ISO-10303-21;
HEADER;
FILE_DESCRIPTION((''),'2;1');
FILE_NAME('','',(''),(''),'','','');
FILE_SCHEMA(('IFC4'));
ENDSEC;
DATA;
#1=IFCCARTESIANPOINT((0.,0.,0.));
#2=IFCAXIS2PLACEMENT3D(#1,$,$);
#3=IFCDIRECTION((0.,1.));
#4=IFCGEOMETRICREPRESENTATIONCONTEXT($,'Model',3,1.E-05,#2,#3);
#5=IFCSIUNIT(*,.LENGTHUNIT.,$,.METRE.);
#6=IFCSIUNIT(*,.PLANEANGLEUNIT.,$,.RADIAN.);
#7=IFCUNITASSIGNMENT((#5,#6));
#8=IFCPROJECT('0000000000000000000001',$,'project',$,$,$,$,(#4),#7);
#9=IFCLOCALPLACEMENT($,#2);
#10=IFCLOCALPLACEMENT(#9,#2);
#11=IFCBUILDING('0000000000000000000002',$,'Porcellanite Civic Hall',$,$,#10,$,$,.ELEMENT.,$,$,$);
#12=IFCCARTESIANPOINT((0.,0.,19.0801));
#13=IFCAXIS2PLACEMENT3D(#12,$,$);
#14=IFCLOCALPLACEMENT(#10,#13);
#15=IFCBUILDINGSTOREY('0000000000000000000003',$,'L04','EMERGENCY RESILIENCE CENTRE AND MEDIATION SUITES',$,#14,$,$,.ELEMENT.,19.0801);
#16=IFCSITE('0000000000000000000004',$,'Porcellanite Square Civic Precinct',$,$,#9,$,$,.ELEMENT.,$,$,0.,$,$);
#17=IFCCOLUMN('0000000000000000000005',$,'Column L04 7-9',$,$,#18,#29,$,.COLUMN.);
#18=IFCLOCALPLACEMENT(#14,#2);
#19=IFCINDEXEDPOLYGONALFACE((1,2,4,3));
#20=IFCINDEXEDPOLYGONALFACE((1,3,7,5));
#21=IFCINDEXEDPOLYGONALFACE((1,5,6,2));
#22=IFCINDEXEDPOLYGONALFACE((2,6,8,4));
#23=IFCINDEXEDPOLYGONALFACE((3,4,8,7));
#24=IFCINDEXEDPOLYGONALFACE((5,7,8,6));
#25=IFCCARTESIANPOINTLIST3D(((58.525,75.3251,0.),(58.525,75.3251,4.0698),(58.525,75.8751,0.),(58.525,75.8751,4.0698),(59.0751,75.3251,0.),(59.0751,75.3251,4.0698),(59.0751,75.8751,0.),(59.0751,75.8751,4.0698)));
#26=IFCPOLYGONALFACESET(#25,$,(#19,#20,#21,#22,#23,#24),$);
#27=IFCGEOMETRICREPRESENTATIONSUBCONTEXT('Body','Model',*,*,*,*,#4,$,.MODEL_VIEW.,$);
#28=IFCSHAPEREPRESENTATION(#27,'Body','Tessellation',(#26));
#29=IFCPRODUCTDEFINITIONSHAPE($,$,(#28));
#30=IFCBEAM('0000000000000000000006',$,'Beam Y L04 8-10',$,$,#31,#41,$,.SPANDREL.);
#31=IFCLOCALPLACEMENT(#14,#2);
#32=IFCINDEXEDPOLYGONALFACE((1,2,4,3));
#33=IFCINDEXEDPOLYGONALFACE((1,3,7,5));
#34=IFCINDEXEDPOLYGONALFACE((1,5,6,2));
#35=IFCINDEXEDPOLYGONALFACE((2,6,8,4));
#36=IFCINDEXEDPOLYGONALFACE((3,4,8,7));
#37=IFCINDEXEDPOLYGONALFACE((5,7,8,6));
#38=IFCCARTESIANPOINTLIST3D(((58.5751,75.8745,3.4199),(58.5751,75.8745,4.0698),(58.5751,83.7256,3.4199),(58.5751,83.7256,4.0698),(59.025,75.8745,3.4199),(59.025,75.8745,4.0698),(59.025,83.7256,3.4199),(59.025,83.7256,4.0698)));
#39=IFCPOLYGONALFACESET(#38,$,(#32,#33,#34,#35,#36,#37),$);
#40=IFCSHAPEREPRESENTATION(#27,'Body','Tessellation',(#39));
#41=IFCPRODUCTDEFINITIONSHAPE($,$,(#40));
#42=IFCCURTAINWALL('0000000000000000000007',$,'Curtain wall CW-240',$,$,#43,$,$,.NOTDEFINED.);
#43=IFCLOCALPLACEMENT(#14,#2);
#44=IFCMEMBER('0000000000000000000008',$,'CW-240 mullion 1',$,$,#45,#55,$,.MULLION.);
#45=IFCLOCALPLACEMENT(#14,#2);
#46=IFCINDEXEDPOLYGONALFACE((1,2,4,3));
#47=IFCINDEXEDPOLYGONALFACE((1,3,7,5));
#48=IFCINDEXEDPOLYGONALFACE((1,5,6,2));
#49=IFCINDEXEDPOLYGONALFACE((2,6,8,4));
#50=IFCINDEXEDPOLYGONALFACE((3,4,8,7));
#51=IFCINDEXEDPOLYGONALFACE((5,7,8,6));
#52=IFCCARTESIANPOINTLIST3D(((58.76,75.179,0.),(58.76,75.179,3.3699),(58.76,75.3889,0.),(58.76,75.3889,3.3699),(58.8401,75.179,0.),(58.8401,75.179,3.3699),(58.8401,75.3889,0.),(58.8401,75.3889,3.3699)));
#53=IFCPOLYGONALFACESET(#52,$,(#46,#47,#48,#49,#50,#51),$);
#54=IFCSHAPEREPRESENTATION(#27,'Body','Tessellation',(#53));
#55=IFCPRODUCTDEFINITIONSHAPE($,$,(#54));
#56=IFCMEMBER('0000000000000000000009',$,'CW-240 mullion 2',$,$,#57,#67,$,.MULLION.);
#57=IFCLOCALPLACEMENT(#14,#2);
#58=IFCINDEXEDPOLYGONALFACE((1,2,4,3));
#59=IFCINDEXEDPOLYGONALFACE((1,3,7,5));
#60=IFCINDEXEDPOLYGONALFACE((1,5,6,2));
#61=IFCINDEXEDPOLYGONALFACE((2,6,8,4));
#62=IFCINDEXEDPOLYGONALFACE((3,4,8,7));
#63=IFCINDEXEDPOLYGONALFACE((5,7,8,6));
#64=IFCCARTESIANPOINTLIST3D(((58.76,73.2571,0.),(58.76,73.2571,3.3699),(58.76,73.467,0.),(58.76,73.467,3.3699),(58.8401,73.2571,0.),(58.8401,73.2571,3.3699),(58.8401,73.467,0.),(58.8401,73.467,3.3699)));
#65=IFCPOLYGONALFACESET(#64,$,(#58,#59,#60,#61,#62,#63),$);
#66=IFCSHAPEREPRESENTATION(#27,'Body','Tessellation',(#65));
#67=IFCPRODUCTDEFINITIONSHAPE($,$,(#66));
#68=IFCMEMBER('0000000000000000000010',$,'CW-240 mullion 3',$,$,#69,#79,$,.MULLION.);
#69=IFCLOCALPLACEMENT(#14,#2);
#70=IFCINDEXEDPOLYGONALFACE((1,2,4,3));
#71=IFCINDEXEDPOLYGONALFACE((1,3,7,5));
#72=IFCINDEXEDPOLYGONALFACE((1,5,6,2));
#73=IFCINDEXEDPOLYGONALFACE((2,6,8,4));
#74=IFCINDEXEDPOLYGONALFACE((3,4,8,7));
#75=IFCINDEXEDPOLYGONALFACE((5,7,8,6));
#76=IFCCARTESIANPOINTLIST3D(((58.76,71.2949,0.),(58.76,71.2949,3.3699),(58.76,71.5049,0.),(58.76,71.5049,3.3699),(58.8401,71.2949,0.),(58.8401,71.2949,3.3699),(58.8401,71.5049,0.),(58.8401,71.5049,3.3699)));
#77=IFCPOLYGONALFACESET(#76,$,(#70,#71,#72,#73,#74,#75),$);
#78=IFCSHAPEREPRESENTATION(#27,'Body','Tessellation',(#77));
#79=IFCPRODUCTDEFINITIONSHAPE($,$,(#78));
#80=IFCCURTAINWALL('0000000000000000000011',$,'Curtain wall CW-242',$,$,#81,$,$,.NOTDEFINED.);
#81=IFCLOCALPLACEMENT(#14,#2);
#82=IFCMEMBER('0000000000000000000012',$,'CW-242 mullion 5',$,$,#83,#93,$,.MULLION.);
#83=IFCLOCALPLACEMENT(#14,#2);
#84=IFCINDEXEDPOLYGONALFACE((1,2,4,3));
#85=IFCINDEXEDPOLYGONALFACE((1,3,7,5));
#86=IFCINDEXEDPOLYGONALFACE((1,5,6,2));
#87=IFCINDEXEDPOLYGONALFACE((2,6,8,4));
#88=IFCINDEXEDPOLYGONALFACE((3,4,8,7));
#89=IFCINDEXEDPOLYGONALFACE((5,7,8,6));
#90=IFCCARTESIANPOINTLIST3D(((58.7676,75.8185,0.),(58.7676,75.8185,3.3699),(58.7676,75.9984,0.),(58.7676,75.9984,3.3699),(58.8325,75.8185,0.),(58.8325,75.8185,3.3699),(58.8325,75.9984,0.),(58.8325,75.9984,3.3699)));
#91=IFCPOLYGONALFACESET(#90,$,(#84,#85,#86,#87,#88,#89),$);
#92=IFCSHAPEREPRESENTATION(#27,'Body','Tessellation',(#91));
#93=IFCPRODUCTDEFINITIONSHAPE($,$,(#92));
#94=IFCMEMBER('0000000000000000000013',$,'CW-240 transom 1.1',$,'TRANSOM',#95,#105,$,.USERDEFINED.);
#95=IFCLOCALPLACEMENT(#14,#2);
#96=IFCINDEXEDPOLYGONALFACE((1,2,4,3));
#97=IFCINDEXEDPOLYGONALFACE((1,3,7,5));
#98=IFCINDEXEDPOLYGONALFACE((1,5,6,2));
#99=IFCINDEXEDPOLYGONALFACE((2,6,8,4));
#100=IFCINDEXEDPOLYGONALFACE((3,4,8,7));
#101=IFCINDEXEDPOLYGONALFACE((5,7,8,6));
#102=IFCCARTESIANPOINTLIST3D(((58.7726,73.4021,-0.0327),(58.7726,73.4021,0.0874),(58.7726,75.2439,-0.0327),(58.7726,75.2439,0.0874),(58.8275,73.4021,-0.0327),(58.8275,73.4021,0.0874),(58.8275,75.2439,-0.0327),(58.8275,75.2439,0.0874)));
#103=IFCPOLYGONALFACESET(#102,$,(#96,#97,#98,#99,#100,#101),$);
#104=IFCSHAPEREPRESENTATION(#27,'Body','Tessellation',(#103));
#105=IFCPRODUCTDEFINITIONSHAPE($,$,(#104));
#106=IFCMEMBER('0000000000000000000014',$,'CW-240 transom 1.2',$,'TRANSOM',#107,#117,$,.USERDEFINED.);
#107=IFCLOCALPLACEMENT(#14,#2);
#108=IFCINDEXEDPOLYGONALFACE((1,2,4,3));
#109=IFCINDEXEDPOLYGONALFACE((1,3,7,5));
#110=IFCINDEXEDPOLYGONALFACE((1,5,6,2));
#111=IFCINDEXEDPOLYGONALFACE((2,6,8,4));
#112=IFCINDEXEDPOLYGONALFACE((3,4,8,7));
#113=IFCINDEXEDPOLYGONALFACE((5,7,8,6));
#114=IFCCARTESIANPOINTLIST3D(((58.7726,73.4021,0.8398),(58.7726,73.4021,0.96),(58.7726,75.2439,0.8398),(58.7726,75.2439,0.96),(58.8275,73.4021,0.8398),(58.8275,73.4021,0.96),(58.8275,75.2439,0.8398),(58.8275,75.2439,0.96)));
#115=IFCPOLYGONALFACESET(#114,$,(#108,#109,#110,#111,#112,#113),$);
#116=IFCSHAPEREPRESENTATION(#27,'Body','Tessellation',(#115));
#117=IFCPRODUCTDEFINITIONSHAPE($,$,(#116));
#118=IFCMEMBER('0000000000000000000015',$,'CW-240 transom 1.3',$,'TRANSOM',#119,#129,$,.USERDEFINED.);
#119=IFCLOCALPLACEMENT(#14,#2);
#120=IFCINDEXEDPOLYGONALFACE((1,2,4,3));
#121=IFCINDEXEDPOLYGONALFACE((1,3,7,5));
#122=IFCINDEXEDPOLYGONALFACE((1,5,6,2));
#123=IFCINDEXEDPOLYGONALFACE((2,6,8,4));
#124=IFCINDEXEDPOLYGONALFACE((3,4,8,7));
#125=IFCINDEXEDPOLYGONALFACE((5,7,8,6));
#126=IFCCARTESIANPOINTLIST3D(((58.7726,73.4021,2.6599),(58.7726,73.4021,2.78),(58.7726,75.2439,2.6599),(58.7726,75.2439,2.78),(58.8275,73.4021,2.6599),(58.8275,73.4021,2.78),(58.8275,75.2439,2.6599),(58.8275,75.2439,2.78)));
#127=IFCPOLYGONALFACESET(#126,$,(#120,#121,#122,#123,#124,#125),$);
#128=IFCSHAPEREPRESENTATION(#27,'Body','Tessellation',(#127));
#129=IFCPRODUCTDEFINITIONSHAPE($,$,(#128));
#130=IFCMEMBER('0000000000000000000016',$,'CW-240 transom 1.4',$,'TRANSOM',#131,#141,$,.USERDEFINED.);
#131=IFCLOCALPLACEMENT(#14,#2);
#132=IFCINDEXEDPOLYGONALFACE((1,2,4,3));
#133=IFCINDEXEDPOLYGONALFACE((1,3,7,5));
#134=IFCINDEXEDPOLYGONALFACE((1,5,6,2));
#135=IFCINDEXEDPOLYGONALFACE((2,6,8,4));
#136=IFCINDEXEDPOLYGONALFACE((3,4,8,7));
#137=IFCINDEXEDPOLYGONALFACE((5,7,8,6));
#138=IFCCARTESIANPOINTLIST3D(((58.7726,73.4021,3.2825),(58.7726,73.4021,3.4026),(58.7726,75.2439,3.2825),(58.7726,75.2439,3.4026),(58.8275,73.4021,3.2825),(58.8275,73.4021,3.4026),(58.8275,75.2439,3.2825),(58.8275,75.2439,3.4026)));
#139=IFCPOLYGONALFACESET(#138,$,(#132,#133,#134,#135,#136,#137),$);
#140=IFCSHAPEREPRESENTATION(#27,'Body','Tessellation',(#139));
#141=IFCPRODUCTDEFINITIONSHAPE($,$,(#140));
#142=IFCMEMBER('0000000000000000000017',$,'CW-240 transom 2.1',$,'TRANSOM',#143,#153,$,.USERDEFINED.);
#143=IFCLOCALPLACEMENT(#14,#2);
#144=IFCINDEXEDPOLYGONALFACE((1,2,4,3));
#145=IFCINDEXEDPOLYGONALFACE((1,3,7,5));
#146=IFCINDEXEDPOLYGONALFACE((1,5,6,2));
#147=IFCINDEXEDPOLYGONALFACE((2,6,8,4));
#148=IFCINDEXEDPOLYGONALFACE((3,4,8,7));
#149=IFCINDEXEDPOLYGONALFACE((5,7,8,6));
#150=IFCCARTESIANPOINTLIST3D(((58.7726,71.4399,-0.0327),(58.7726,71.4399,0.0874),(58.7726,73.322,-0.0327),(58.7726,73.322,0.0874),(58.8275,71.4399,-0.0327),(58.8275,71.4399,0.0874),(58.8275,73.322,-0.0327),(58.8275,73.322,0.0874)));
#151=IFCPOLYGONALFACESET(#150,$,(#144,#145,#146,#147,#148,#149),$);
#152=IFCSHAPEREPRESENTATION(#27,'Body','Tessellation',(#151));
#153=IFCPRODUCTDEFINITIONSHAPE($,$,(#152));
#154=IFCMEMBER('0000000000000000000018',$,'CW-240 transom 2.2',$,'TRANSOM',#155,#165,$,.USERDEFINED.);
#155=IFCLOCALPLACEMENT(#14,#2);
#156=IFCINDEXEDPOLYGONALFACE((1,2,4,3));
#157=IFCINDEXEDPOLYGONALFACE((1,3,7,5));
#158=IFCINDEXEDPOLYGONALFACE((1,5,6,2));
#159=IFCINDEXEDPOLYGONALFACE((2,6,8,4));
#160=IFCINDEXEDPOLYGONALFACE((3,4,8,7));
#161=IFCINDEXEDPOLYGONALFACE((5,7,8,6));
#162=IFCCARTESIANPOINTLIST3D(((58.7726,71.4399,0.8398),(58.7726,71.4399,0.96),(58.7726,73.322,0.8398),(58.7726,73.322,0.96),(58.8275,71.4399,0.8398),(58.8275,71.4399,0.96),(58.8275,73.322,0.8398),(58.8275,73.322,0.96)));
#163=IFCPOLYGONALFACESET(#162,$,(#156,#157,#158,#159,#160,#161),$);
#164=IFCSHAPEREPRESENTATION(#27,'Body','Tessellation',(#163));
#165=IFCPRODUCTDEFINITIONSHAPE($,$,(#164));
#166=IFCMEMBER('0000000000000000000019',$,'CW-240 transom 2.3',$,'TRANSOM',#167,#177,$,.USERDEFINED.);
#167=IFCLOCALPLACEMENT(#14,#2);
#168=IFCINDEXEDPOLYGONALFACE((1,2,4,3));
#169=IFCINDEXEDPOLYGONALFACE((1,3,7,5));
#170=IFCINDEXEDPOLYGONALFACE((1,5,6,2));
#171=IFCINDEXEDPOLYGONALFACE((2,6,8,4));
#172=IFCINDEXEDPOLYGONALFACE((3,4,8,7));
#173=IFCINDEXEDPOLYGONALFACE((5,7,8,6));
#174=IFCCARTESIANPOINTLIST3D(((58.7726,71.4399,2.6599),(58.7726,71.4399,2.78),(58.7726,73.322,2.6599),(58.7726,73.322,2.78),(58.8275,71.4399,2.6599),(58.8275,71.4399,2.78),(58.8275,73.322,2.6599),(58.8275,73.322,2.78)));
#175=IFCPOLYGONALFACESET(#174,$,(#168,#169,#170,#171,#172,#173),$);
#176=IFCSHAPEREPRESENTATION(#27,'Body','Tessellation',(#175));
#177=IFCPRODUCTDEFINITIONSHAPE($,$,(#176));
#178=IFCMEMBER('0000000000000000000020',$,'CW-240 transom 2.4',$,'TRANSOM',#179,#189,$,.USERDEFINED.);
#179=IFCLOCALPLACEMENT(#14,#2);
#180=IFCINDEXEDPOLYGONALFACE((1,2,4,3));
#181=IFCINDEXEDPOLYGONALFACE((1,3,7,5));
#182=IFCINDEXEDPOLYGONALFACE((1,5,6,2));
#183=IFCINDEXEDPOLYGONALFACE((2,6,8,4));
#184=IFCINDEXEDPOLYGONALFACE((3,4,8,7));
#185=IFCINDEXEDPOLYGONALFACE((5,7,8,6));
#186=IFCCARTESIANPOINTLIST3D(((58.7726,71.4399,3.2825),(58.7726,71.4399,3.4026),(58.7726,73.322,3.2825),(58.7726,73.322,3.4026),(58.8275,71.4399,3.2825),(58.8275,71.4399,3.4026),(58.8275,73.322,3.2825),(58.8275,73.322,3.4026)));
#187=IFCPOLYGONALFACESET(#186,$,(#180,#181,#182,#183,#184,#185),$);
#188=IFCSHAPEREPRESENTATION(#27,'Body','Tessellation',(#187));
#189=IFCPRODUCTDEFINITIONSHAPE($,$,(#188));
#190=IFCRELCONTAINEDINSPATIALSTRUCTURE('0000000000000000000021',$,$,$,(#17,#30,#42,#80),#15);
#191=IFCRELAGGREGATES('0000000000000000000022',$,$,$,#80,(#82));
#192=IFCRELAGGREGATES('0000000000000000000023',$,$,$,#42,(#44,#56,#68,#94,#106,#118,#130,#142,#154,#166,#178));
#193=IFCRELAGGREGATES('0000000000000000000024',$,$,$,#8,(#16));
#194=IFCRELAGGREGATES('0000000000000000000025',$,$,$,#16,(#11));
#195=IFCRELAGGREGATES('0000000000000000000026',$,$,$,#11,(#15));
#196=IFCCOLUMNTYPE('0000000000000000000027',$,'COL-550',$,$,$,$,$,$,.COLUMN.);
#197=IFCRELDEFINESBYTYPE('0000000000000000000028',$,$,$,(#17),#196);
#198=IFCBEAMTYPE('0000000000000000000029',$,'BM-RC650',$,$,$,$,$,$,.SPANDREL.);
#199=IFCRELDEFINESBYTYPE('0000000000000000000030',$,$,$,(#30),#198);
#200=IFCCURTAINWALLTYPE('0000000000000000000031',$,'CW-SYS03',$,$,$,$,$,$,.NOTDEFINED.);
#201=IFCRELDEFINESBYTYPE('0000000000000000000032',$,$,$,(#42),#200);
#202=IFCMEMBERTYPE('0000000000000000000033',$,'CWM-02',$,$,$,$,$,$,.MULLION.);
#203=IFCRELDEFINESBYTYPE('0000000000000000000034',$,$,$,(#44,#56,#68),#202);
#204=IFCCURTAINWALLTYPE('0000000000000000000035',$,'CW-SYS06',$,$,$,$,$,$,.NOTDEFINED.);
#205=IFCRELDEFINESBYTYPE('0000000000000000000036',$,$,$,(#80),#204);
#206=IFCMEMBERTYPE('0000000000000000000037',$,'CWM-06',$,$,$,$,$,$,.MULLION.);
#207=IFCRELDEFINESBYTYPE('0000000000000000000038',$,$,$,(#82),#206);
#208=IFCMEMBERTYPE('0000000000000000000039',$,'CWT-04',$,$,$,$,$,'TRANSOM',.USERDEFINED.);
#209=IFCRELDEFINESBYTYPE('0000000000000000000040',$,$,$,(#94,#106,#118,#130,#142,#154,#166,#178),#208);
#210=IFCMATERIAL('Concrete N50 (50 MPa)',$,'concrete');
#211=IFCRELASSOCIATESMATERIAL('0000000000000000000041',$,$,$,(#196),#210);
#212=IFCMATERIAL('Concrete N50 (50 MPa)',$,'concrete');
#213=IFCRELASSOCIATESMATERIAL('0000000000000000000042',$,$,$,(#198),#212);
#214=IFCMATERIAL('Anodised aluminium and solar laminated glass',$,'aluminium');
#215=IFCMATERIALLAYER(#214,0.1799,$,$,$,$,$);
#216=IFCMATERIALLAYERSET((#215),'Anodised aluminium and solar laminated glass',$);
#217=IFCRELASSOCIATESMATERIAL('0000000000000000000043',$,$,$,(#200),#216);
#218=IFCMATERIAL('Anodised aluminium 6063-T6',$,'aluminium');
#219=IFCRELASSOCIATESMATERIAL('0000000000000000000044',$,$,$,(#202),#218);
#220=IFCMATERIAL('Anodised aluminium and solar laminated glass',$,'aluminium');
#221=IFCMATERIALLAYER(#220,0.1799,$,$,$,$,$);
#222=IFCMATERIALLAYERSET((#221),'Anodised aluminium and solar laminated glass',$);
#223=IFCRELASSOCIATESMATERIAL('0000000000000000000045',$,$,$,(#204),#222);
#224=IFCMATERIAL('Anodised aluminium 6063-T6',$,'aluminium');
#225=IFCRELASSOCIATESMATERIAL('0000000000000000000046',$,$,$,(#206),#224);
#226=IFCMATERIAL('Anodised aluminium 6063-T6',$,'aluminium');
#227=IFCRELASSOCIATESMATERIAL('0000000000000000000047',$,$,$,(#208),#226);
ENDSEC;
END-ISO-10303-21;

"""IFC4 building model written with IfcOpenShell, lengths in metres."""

from ifc_helpers import new_model, si_unit, direction, frame, origin, origin_2d, place, context, subcontext, project, spatial, rectangle, extrude, material, layer, layer_set, material_profile, profile_set, type_object, element, aggregate, save


model = new_model("IFC4")

# Units and contexts
model_context = context("Model", 3, precision=1e-05, world=origin(), true_north=direction((0.0, 1.0)))
body_context = subcontext(model_context, "Body", "Model", "MODEL_VIEW")
ifc_project = project(units=[si_unit("LENGTHUNIT", "METRE"), si_unit("PLANEANGLEUNIT", "RADIAN")], contexts=[model_context])

# Site, building, storey
site_placement = place(None, origin())
site = spatial("IfcSite", under=ifc_project, at=site_placement, Name="Porcellanite Square Civic Precinct", CompositionType="ELEMENT", RefElevation=0.0)
building_placement = place(site_placement, origin())
building = spatial("IfcBuilding", under=site, at=building_placement, Name="Porcellanite Civic Hall", CompositionType="ELEMENT")
storey_placement = place(building_placement, frame((0.0, 0.0, 19.0801)))
storey = spatial("IfcBuildingStorey", under=building, at=storey_placement, Name="L04", Description="EMERGENCY RESILIENCE CENTRE AND MEDIATION SUITES", CompositionType="ELEMENT", Elevation=19.0801)

# Column
ifc_material_1 = material(Name="Concrete N50 (50 MPa)", Category="concrete")
ifc_material_profile_1 = material_profile(ifc_material_1, rectangle(XDim=0.55, YDim=0.55, at=origin_2d()), Name="RC-550x550")
ifc_profile_set_1 = profile_set([ifc_material_profile_1], Name="Concrete N50 (50 MPa)")
column_type = type_object("IfcColumnType", Name="COL-550", PredefinedType="COLUMN", material=ifc_profile_set_1)
column_placement = place(storey_placement, frame((58.8, 75.6001, 0.0), z_axis=(0.0, 0.0, 1.0), x_axis=(1.0, 0.0, 0.0)))
element("IfcColumn", 1, at=column_placement, inside=storey, type_object=column_type, Name="Column L04 7-9", PredefinedType="COLUMN", context=body_context, shape_type="SweptSolid", body=[
    extrude(rectangle(XDim=0.55, YDim=0.55, at=origin_2d()), origin(), (0.0, 0.0, 1.0), 4.0698),
])

# Beam
ifc_material_2 = material(Name="Concrete N50 (50 MPa)", Category="concrete")
ifc_material_profile_2 = material_profile(ifc_material_2, rectangle(XDim=0.45, YDim=0.6499, at=origin_2d()), Name="RC-450x650")
ifc_profile_set_2 = profile_set([ifc_material_profile_2], Name="Concrete N50 (50 MPa)")
beam_type_1 = type_object("IfcBeamType", Name="BM-RC650", PredefinedType="SPANDREL", material=ifc_profile_set_2)
beam_1_placement = place(storey_placement, frame((58.8, 75.8745, 3.7449), z_axis=(0.0, 1.0, 0.0), x_axis=(-1.0, 0.0, 0.0)))
element("IfcBeam", 2, at=beam_1_placement, inside=storey, type_object=beam_type_1, Name="Beam Y L04 8-10", PredefinedType="SPANDREL", context=body_context, shape_type="SweptSolid", body=[
    extrude(rectangle(XDim=0.45, YDim=0.6499, at=origin_2d()), origin(), (0.0, 0.0, 1.0), 7.8511),
])

# Curtain wall, members
ifc_material_3 = material(Name="Anodised aluminium and solar laminated glass", Category="aluminium")
ifc_layer_1 = layer(ifc_material_3, 0.1799)
ifc_layer_set_1 = layer_set([ifc_layer_1], Name="Anodised aluminium and solar laminated glass")
curtain_wall_type_1 = type_object("IfcCurtainWallType", Name="CW-SYS03", PredefinedType="NOTDEFINED", material=ifc_layer_set_1)
curtain_wall_1_placement = place(storey_placement, origin())
curtain_wall_1 = element("IfcCurtainWall", 3, at=curtain_wall_1_placement, inside=storey, type_object=curtain_wall_type_1, Name="Curtain wall CW-240", PredefinedType="NOTDEFINED")
ifc_material_4 = material(Name="Anodised aluminium 6063-T6", Category="aluminium")
ifc_material_profile_3 = material_profile(ifc_material_4, rectangle(XDim=0.0801, YDim=0.21, at=origin_2d()), Name="AL-80x210")
ifc_profile_set_3 = profile_set([ifc_material_profile_3], Name="Anodised aluminium 6063-T6")
member_type_1 = type_object("IfcMemberType", Name="CWM-02", PredefinedType="MULLION", material=ifc_profile_set_3)
member_1_placement = place(storey_placement, frame((58.8, 75.2839, 0.0), z_axis=(0.0, 0.0, 1.0), x_axis=(1.0, 0.0, 0.0)))
member_1 = element("IfcMember", 4, at=member_1_placement, type_object=member_type_1, Name="CW-240 mullion 1", PredefinedType="MULLION", context=body_context, shape_type="SweptSolid", body=[
    extrude(rectangle(XDim=0.0801, YDim=0.21, at=origin_2d()), origin(), (0.0, 0.0, 1.0), 3.3699),
])
member_2_placement = place(storey_placement, frame((58.8, 73.3621, 0.0), z_axis=(0.0, 0.0, 1.0), x_axis=(1.0, 0.0, 0.0)))
member_2 = element("IfcMember", 5, at=member_2_placement, type_object=member_type_1, Name="CW-240 mullion 2", PredefinedType="MULLION", context=body_context, shape_type="SweptSolid", body=[
    extrude(rectangle(XDim=0.0801, YDim=0.21, at=origin_2d()), origin(), (0.0, 0.0, 1.0), 3.3699),
])
member_3_placement = place(storey_placement, frame((58.8, 71.3999, 0.0), z_axis=(0.0, 0.0, 1.0), x_axis=(1.0, 0.0, 0.0)))
member_3 = element("IfcMember", 6, at=member_3_placement, type_object=member_type_1, Name="CW-240 mullion 3", PredefinedType="MULLION", context=body_context, shape_type="SweptSolid", body=[
    extrude(rectangle(XDim=0.0801, YDim=0.21, at=origin_2d()), origin(), (0.0, 0.0, 1.0), 3.3699),
])

# Curtain wall, member
ifc_material_5 = material(Name="Anodised aluminium and solar laminated glass", Category="aluminium")
ifc_layer_2 = layer(ifc_material_5, 0.1799)
ifc_layer_set_2 = layer_set([ifc_layer_2], Name="Anodised aluminium and solar laminated glass")
curtain_wall_type_2 = type_object("IfcCurtainWallType", Name="CW-SYS06", PredefinedType="NOTDEFINED", material=ifc_layer_set_2)
curtain_wall_2_placement = place(storey_placement, origin())
curtain_wall_2 = element("IfcCurtainWall", 7, at=curtain_wall_2_placement, inside=storey, type_object=curtain_wall_type_2, Name="Curtain wall CW-242", PredefinedType="NOTDEFINED")
ifc_material_6 = material(Name="Anodised aluminium 6063-T6", Category="aluminium")
ifc_material_profile_4 = material_profile(ifc_material_6, rectangle(XDim=0.0649, YDim=0.1799, at=origin_2d()), Name="AL-65x180")
ifc_profile_set_4 = profile_set([ifc_material_profile_4], Name="Anodised aluminium 6063-T6")
member_type_2 = type_object("IfcMemberType", Name="CWM-06", PredefinedType="MULLION", material=ifc_profile_set_4)
member_4_placement = place(storey_placement, frame((58.8, 75.9084, 0.0), z_axis=(0.0, 0.0, 1.0), x_axis=(1.0, 0.0, 0.0)))
member_4 = element("IfcMember", 8, at=member_4_placement, type_object=member_type_2, Name="CW-242 mullion 5", PredefinedType="MULLION", context=body_context, shape_type="SweptSolid", body=[
    extrude(rectangle(XDim=0.0649, YDim=0.1799, at=origin_2d()), origin(), (0.0, 0.0, 1.0), 3.3699),
])
aggregate(curtain_wall_2, [member_4])

# Members
ifc_material_7 = material(Name="Anodised aluminium 6063-T6", Category="aluminium")
ifc_material_profile_5 = material_profile(ifc_material_7, rectangle(XDim=0.0549, YDim=0.1201, at=origin_2d()), Name="AL-55x120")
ifc_profile_set_5 = profile_set([ifc_material_profile_5], Name="Anodised aluminium 6063-T6")
member_type_3 = type_object("IfcMemberType", Name="CWT-04", ElementType="TRANSOM", PredefinedType="USERDEFINED", material=ifc_profile_set_5)
member_5_placement = place(storey_placement, frame((58.8, 75.2439, 0.0273), z_axis=(0.0, -1.0, 0.0), x_axis=(1.0, 0.0, 0.0)))
member_5 = element("IfcMember", 9, at=member_5_placement, type_object=member_type_3, Name="CW-240 transom 1.1", ObjectType="TRANSOM", PredefinedType="USERDEFINED", context=body_context, shape_type="SweptSolid", body=[
    extrude(rectangle(XDim=0.0549, YDim=0.1201, at=origin_2d()), origin(), (0.0, 0.0, 1.0), 1.8418),
])
member_6_placement = place(storey_placement, frame((58.8, 75.2439, 0.8999), z_axis=(0.0, -1.0, 0.0), x_axis=(1.0, 0.0, 0.0)))
member_6 = element("IfcMember", 10, at=member_6_placement, type_object=member_type_3, Name="CW-240 transom 1.2", ObjectType="TRANSOM", PredefinedType="USERDEFINED", context=body_context, shape_type="SweptSolid", body=[
    extrude(rectangle(XDim=0.0549, YDim=0.1201, at=origin_2d()), origin(), (0.0, 0.0, 1.0), 1.8418),
])
member_7_placement = place(storey_placement, frame((58.8, 75.2439, 2.72), z_axis=(0.0, -1.0, 0.0), x_axis=(1.0, 0.0, 0.0)))
member_7 = element("IfcMember", 11, at=member_7_placement, type_object=member_type_3, Name="CW-240 transom 1.3", ObjectType="TRANSOM", PredefinedType="USERDEFINED", context=body_context, shape_type="SweptSolid", body=[
    extrude(rectangle(XDim=0.0549, YDim=0.1201, at=origin_2d()), origin(), (0.0, 0.0, 1.0), 1.8418),
])
member_8_placement = place(storey_placement, frame((58.8, 75.2439, 3.3425), z_axis=(0.0, -1.0, 0.0), x_axis=(1.0, 0.0, 0.0)))
member_8 = element("IfcMember", 12, at=member_8_placement, type_object=member_type_3, Name="CW-240 transom 1.4", ObjectType="TRANSOM", PredefinedType="USERDEFINED", context=body_context, shape_type="SweptSolid", body=[
    extrude(rectangle(XDim=0.0549, YDim=0.1201, at=origin_2d()), origin(), (0.0, 0.0, 1.0), 1.8418),
])
member_9_placement = place(storey_placement, frame((58.8, 73.322, 0.0273), z_axis=(0.0, -1.0, 0.0), x_axis=(1.0, 0.0, 0.0)))
member_9 = element("IfcMember", 13, at=member_9_placement, type_object=member_type_3, Name="CW-240 transom 2.1", ObjectType="TRANSOM", PredefinedType="USERDEFINED", context=body_context, shape_type="SweptSolid", body=[
    extrude(rectangle(XDim=0.0549, YDim=0.1201, at=origin_2d()), origin(), (0.0, 0.0, 1.0), 1.8821),
])
member_10_placement = place(storey_placement, frame((58.8, 73.322, 0.8999), z_axis=(0.0, -1.0, 0.0), x_axis=(1.0, 0.0, 0.0)))
member_10 = element("IfcMember", 14, at=member_10_placement, type_object=member_type_3, Name="CW-240 transom 2.2", ObjectType="TRANSOM", PredefinedType="USERDEFINED", context=body_context, shape_type="SweptSolid", body=[
    extrude(rectangle(XDim=0.0549, YDim=0.1201, at=origin_2d()), origin(), (0.0, 0.0, 1.0), 1.8821),
])
member_11_placement = place(storey_placement, frame((58.8, 73.322, 2.72), z_axis=(0.0, -1.0, 0.0), x_axis=(1.0, 0.0, 0.0)))
member_11 = element("IfcMember", 15, at=member_11_placement, type_object=member_type_3, Name="CW-240 transom 2.3", ObjectType="TRANSOM", PredefinedType="USERDEFINED", context=body_context, shape_type="SweptSolid", body=[
    extrude(rectangle(XDim=0.0549, YDim=0.1201, at=origin_2d()), origin(), (0.0, 0.0, 1.0), 1.8821),
])
member_12_placement = place(storey_placement, frame((58.8, 73.322, 3.3425), z_axis=(0.0, -1.0, 0.0), x_axis=(1.0, 0.0, 0.0)))
member_12 = element("IfcMember", 16, at=member_12_placement, type_object=member_type_3, Name="CW-240 transom 2.4", ObjectType="TRANSOM", PredefinedType="USERDEFINED", context=body_context, shape_type="SweptSolid", body=[
    extrude(rectangle(XDim=0.0549, YDim=0.1201, at=origin_2d()), origin(), (0.0, 0.0, 1.0), 1.8821),
])

aggregate(curtain_wall_1, [member_1, member_2, member_3, member_5, member_6, member_7, member_8, member_9, member_10, member_11, member_12])

save(model, "model.ifc")
